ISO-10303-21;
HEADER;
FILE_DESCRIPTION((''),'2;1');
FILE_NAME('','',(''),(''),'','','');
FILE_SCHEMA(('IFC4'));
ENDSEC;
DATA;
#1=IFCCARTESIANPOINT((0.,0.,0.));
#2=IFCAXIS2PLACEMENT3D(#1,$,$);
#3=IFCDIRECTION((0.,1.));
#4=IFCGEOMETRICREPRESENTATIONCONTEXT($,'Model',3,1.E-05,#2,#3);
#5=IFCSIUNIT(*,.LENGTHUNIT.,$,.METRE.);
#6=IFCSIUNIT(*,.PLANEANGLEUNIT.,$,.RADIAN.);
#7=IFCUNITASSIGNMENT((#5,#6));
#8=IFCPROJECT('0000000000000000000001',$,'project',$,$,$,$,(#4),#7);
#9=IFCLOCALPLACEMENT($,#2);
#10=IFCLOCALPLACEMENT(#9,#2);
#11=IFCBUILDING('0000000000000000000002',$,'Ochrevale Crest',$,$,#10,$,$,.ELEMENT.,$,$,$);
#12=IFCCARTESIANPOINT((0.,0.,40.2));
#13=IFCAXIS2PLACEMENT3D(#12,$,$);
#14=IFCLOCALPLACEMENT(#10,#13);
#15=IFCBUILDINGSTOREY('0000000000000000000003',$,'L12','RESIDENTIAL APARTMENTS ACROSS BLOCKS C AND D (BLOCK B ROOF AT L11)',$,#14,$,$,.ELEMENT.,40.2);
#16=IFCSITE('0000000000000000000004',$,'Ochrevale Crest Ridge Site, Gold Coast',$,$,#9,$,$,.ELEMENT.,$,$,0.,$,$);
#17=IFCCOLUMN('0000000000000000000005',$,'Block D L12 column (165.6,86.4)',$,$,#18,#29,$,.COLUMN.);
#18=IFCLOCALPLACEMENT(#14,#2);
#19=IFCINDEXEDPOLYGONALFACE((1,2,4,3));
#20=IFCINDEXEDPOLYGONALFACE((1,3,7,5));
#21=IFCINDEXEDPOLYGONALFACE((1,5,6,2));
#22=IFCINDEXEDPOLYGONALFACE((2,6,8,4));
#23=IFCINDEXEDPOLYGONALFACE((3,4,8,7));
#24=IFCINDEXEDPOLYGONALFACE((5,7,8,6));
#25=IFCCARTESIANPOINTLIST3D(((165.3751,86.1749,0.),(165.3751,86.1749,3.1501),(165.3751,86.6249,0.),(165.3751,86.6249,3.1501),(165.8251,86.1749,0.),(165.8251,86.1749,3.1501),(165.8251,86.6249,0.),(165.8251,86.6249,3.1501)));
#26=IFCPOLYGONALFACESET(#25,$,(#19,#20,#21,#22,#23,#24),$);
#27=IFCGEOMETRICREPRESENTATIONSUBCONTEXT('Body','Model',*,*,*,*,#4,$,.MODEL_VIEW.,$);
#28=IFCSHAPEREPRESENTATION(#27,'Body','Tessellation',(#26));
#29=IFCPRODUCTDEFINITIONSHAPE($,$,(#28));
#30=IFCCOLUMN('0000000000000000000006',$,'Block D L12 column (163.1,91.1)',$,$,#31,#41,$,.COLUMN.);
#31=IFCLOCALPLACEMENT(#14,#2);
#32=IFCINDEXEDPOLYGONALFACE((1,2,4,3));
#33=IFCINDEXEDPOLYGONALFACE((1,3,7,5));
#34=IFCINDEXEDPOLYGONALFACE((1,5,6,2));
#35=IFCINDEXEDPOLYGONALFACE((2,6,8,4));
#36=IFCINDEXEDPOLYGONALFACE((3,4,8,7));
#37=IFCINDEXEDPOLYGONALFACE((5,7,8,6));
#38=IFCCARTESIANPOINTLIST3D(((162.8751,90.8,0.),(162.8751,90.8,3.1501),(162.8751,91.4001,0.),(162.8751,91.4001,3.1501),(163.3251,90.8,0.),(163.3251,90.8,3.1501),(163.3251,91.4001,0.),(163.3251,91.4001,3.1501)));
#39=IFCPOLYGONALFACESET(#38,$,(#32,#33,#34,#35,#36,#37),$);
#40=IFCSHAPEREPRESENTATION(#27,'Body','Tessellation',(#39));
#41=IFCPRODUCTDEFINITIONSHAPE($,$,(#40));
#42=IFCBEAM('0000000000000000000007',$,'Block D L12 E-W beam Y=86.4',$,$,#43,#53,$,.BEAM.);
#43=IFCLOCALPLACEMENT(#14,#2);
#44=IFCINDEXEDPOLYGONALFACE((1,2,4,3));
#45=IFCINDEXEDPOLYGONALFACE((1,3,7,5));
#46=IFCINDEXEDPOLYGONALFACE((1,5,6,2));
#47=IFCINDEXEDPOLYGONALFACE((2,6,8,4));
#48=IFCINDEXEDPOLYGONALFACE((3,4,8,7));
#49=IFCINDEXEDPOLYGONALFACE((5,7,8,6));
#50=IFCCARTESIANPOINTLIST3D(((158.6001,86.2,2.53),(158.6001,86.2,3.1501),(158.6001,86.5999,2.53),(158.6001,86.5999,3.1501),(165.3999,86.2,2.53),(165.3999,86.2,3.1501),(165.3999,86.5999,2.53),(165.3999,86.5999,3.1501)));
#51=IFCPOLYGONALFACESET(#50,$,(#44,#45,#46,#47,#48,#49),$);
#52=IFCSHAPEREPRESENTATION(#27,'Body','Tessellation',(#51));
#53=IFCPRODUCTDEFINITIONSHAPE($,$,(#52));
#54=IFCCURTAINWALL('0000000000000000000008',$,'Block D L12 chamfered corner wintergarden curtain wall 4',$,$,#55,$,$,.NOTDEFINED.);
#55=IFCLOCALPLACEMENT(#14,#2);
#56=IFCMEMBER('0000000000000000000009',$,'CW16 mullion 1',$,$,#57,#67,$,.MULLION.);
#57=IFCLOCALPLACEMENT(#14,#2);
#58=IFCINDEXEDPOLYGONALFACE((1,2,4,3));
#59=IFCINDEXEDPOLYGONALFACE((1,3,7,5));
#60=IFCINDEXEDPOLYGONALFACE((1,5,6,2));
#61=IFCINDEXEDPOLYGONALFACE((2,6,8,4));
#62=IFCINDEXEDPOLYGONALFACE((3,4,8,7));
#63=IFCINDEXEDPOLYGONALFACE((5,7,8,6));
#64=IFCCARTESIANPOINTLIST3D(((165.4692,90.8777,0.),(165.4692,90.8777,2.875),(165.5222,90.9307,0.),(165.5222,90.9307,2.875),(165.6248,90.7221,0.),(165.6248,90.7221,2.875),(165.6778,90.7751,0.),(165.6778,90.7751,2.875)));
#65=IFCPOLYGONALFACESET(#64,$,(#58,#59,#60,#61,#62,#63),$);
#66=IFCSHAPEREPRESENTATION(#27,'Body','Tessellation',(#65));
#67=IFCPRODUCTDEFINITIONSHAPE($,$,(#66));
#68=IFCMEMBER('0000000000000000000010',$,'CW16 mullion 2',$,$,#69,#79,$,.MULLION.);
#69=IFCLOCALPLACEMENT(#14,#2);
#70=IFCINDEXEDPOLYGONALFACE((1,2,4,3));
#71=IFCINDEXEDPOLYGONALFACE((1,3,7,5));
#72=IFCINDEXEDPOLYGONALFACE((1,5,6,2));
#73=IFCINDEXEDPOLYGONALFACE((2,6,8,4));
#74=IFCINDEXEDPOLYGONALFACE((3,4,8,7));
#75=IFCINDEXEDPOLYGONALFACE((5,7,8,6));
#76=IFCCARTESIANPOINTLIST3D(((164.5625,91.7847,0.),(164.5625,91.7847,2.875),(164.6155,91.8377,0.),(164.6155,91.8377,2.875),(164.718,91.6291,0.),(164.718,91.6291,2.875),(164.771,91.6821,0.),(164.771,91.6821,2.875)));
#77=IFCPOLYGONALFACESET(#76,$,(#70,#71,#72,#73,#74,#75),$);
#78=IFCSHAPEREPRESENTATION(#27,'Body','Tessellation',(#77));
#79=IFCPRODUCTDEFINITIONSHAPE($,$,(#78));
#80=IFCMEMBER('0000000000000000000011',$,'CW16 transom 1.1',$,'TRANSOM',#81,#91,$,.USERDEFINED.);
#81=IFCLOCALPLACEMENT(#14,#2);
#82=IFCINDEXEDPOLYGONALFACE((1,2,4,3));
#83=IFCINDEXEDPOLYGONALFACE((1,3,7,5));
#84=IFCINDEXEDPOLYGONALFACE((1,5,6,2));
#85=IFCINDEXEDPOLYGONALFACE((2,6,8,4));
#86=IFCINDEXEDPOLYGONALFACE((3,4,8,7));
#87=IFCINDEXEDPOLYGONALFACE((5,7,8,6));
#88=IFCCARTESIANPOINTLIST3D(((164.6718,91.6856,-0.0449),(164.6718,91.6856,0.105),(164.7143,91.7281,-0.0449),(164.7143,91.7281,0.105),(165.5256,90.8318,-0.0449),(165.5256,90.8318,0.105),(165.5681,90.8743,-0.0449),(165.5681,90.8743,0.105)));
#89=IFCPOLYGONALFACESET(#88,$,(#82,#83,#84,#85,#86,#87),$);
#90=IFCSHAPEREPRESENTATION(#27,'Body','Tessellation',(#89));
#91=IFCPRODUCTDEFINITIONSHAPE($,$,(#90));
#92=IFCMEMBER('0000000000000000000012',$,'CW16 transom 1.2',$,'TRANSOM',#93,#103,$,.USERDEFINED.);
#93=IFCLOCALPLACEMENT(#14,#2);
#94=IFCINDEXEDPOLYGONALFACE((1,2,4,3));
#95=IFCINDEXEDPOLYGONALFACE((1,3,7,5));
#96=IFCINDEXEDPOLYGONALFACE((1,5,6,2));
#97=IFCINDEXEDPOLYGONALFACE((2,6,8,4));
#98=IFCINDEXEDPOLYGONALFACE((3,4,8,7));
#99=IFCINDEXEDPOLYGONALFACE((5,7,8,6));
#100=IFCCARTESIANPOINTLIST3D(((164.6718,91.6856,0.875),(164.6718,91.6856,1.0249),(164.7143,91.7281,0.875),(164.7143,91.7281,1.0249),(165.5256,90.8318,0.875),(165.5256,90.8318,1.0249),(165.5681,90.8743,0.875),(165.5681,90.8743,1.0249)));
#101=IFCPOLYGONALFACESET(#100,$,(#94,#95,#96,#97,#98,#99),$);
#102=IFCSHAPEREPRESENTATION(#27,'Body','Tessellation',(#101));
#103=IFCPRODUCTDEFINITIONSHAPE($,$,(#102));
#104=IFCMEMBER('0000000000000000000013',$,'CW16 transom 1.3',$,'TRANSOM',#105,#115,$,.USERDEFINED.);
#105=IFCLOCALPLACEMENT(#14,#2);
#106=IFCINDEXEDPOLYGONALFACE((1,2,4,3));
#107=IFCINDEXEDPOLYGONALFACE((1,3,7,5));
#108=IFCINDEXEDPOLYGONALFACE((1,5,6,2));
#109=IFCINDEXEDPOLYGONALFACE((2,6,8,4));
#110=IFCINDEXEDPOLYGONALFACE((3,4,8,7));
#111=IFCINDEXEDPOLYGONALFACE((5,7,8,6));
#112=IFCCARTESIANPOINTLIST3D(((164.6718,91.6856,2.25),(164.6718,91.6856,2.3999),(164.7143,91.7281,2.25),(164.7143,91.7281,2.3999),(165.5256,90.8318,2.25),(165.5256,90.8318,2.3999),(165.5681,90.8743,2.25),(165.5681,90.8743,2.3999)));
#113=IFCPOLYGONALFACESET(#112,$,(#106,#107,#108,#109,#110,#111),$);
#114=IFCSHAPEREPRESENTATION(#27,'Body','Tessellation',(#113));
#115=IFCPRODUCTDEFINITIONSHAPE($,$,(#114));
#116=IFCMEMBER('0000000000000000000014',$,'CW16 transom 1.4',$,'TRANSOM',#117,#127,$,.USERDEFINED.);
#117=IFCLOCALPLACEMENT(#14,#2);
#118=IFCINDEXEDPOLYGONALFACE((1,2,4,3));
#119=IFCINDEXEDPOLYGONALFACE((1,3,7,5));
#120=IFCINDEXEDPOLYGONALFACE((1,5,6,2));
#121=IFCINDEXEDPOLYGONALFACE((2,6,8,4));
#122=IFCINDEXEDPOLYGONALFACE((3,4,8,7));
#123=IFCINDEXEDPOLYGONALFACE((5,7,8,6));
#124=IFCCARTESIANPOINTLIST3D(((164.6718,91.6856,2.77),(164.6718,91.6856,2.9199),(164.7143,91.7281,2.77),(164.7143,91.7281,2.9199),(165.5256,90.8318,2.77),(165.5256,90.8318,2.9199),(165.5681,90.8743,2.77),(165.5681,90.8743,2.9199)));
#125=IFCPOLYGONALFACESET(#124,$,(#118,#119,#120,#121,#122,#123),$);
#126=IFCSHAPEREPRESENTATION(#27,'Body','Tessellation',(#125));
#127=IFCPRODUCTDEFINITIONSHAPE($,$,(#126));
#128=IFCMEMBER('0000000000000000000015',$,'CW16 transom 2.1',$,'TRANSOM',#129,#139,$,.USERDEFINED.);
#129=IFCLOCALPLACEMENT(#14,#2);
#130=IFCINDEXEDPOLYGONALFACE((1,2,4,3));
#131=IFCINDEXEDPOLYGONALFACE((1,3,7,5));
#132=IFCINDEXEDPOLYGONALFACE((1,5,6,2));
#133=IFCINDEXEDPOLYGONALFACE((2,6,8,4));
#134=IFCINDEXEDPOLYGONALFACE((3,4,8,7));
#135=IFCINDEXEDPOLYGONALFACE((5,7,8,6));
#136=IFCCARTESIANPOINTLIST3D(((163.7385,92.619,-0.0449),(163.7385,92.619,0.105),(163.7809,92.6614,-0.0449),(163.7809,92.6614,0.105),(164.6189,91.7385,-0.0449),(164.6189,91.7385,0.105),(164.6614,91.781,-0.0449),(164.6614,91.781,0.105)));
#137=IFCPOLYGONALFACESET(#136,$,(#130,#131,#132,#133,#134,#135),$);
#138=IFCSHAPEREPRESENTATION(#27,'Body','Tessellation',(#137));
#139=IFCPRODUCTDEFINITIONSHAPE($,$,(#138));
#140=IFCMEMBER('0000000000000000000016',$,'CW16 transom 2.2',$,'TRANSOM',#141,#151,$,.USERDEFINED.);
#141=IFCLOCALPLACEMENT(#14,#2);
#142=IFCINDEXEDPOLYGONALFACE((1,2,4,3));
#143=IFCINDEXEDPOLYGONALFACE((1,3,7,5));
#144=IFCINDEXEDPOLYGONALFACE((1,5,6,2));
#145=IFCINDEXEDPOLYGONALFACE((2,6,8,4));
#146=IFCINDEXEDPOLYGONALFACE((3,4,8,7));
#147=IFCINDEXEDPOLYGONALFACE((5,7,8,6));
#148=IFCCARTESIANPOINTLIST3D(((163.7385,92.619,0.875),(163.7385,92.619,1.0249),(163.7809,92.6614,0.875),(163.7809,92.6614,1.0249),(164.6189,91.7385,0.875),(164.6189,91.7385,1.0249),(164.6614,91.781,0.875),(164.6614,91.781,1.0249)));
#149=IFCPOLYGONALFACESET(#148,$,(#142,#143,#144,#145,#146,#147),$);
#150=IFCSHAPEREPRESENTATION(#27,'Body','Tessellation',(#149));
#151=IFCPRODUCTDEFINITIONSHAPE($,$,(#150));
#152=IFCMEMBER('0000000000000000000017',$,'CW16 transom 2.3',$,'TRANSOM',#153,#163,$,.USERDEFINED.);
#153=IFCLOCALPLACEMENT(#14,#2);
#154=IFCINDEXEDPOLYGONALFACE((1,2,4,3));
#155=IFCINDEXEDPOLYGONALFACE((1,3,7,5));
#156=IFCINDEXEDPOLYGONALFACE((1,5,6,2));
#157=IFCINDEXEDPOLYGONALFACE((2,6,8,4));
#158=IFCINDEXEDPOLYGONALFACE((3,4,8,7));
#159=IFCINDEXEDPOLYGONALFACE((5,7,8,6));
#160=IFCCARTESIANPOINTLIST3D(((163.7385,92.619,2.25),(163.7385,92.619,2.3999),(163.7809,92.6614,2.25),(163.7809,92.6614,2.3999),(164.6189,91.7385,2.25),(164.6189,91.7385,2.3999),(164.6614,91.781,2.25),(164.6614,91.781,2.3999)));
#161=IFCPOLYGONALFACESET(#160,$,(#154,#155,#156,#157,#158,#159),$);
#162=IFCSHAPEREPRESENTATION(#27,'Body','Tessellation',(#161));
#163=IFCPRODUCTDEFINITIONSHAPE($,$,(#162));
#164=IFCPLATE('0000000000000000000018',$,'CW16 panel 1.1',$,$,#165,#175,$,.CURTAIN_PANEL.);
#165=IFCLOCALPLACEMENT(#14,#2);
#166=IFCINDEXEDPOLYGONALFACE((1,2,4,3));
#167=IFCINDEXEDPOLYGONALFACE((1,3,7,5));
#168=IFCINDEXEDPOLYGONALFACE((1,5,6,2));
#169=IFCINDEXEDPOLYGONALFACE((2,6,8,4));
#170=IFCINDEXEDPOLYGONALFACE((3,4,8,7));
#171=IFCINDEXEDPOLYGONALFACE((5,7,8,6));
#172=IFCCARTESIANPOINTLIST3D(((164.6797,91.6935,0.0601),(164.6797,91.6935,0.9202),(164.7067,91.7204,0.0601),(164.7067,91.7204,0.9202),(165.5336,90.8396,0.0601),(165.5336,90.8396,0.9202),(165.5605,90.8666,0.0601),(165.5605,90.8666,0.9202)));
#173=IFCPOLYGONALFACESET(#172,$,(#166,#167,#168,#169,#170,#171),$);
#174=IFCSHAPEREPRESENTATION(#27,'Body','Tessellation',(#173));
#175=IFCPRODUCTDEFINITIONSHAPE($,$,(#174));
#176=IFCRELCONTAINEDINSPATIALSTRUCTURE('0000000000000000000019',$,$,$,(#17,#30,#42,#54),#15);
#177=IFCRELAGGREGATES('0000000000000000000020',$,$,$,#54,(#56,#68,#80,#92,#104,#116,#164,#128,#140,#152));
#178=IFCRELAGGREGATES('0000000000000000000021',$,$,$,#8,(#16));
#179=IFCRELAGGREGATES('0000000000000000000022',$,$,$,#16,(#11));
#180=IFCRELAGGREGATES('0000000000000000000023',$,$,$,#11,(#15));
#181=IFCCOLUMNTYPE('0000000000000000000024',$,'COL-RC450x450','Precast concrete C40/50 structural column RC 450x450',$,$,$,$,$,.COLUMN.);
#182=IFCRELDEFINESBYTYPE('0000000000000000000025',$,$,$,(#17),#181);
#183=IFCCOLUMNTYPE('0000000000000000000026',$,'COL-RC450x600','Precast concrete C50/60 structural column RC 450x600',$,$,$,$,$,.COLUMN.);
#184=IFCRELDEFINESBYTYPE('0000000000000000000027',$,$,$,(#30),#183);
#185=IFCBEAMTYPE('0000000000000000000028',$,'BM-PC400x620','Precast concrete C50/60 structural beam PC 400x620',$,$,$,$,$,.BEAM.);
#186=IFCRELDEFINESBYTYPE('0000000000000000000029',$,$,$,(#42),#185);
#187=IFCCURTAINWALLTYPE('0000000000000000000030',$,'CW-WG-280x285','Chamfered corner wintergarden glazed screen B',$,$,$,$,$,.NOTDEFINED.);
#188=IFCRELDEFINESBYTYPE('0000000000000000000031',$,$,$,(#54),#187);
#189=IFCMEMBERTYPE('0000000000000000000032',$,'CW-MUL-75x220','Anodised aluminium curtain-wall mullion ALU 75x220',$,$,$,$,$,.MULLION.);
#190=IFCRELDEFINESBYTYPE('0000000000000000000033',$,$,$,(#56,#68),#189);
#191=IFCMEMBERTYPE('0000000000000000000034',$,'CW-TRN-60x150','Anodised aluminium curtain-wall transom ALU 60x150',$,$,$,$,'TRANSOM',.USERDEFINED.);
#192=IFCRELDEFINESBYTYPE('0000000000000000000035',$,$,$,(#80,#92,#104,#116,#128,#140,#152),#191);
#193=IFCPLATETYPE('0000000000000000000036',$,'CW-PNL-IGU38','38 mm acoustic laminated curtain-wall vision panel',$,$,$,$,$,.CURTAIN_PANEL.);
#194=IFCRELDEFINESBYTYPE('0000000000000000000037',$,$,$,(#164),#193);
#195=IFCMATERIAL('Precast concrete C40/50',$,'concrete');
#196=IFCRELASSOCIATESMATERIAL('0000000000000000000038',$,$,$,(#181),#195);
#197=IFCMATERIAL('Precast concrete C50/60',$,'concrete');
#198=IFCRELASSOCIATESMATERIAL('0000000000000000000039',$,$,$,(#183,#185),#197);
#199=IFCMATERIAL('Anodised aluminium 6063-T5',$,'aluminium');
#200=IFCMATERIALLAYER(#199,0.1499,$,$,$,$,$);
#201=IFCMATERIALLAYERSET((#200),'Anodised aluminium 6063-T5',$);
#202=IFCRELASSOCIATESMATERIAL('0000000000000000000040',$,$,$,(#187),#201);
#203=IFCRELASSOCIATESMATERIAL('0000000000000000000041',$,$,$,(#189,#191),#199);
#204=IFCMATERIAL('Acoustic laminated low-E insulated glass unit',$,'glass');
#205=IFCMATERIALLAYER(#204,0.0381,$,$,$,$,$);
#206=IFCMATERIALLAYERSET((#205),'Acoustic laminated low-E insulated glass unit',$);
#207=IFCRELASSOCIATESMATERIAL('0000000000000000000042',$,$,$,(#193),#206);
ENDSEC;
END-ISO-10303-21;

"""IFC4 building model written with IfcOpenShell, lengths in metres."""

from ifc_helpers import new_model, si_unit, direction, frame, origin, origin_2d, place, context, subcontext, project, spatial, rectangle, extrude, material, layer, layer_set, material_profile, profile_set, type_object, element, aggregate, save


model = new_model("IFC4")

# Units and contexts
model_context = context("Model", 3, precision=1e-05, world=origin(), true_north=direction((0.0, 1.0)))
body_context = subcontext(model_context, "Body", "Model", "MODEL_VIEW")
ifc_project = project(units=[si_unit("LENGTHUNIT", "METRE"), si_unit("PLANEANGLEUNIT", "RADIAN")], contexts=[model_context])

# Site, building, storey
site_placement = place(None, origin())
site = spatial("IfcSite", under=ifc_project, at=site_placement, Name="Ochrevale Crest Ridge Site, Gold Coast", CompositionType="ELEMENT", RefElevation=0.0)
building_placement = place(site_placement, origin())
building = spatial("IfcBuilding", under=site, at=building_placement, Name="Ochrevale Crest", CompositionType="ELEMENT")
storey_placement = place(building_placement, frame((0.0, 0.0, 40.2)))
storey = spatial("IfcBuildingStorey", under=building, at=storey_placement, Name="L12", Description="RESIDENTIAL APARTMENTS ACROSS BLOCKS C AND D (BLOCK B ROOF AT L11)", CompositionType="ELEMENT", Elevation=40.2)

# Columns
ifc_material_1 = material(Name="Precast concrete C40/50", Category="concrete")
ifc_material_profile_1 = material_profile(ifc_material_1, rectangle(XDim=0.45, YDim=0.45, at=origin_2d()), Name="RC 450x450")
ifc_profile_set_1 = profile_set([ifc_material_profile_1], Name="Precast concrete C40/50")
column_type_1 = type_object("IfcColumnType", Name="COL-RC450x450", Description="Precast concrete C40/50 structural column RC 450x450", PredefinedType="COLUMN", material=ifc_profile_set_1)
column_1_placement = place(storey_placement, frame((165.6001, 86.3999, 0.0), z_axis=(0.0, 0.0, 1.0), x_axis=(1.0, 0.0, 0.0)))
element("IfcColumn", 1, at=column_1_placement, inside=storey, type_object=column_type_1, Name="Block D L12 column (165.6,86.4)", PredefinedType="COLUMN", context=body_context, shape_type="SweptSolid", body=[
    extrude(rectangle(XDim=0.45, YDim=0.45, at=origin_2d()), origin(), (0.0, 0.0, 1.0), 3.1501),
])
ifc_material_2 = material(Name="Precast concrete C50/60", Category="concrete")
ifc_material_profile_2 = material_profile(ifc_material_2, rectangle(XDim=0.45, YDim=0.6001, at=origin_2d()), Name="RC 450x600")
ifc_profile_set_2 = profile_set([ifc_material_profile_2], Name="Precast concrete C50/60")
column_type_2 = type_object("IfcColumnType", Name="COL-RC450x600", Description="Precast concrete C50/60 structural column RC 450x600", PredefinedType="COLUMN", material=ifc_profile_set_2)
column_2_placement = place(storey_placement, frame((163.1001, 91.1001, 0.0), z_axis=(0.0, 0.0, 1.0), x_axis=(1.0, 0.0, 0.0)))
element("IfcColumn", 2, at=column_2_placement, inside=storey, type_object=column_type_2, Name="Block D L12 column (163.1,91.1)", PredefinedType="COLUMN", context=body_context, shape_type="SweptSolid", body=[
    extrude(rectangle(XDim=0.45, YDim=0.6001, at=origin_2d()), origin(), (0.0, 0.0, 1.0), 3.1501),
])

# Beam
ifc_material_profile_3 = material_profile(ifc_material_2, rectangle(XDim=0.3999, YDim=0.6201, at=origin_2d()), Name="PC 400x620")
ifc_profile_set_3 = profile_set([ifc_material_profile_3], Name="Precast concrete C50/60")
beam_type = type_object("IfcBeamType", Name="BM-PC400x620", Description="Precast concrete C50/60 structural beam PC 400x620", PredefinedType="BEAM", material=ifc_profile_set_3)
beam_placement = place(storey_placement, frame((158.6001, 86.3999, 2.8401), z_axis=(1.0, 0.0, 0.0), x_axis=(0.0, 1.0, 0.0)))
element("IfcBeam", 3, at=beam_placement, inside=storey, type_object=beam_type, Name="Block D L12 E-W beam Y=86.4", PredefinedType="BEAM", context=body_context, shape_type="SweptSolid", body=[
    extrude(rectangle(XDim=0.3999, YDim=0.6201, at=origin_2d()), origin(), (0.0, 0.0, 1.0), 6.7998),
])

# Curtain wall, members, plate
ifc_material_3 = material(Name="Anodised aluminium 6063-T5", Category="aluminium")
ifc_layer_1 = layer(ifc_material_3, 0.1499)
ifc_layer_set_1 = layer_set([ifc_layer_1], Name="Anodised aluminium 6063-T5")
curtain_wall_type = type_object("IfcCurtainWallType", Name="CW-WG-280x285", Description="Chamfered corner wintergarden glazed screen B", PredefinedType="NOTDEFINED", material=ifc_layer_set_1)
curtain_wall_placement = place(storey_placement, origin())
curtain_wall = element("IfcCurtainWall", 4, at=curtain_wall_placement, inside=storey, type_object=curtain_wall_type, Name="Block D L12 chamfered corner wintergarden curtain wall 4", PredefinedType="NOTDEFINED")
ifc_material_profile_4 = material_profile(ifc_material_3, rectangle(XDim=0.075, YDim=0.22, at=origin_2d()), Name="ALU 75x220")
ifc_profile_set_4 = profile_set([ifc_material_profile_4], Name="Anodised aluminium 6063-T5")
member_type_1 = type_object("IfcMemberType", Name="CW-MUL-75x220", Description="Anodised aluminium curtain-wall mullion ALU 75x220", PredefinedType="MULLION", material=ifc_profile_set_4)
member_1_placement = place(storey_placement, frame((165.5735, 90.8264, 0.0), z_axis=(0.0, 0.0, 1.0), x_axis=(-0.707107, -0.707107, 0.0)))
member_1 = element("IfcMember", 5, at=member_1_placement, type_object=member_type_1, Name="CW16 mullion 1", PredefinedType="MULLION", context=body_context, shape_type="SweptSolid", body=[
    extrude(rectangle(XDim=0.075, YDim=0.22, at=origin_2d()), origin(), (0.0, 0.0, 1.0), 2.875),
])
member_2_placement = place(storey_placement, frame((164.6667, 91.7334, 0.0), z_axis=(0.0, 0.0, 1.0), x_axis=(-0.707107, -0.707107, 0.0)))
member_2 = element("IfcMember", 6, at=member_2_placement, type_object=member_type_1, Name="CW16 mullion 2", PredefinedType="MULLION", context=body_context, shape_type="SweptSolid", body=[
    extrude(rectangle(XDim=0.075, YDim=0.22, at=origin_2d()), origin(), (0.0, 0.0, 1.0), 2.875),
])
ifc_material_profile_5 = material_profile(ifc_material_3, rectangle(XDim=0.0601, YDim=0.1499, at=origin_2d()), Name="ALU 60x150")
ifc_profile_set_5 = profile_set([ifc_material_profile_5], Name="Anodised aluminium 6063-T5")
member_type_2 = type_object("IfcMemberType", Name="CW-TRN-60x150", Description="Anodised aluminium curtain-wall transom ALU 60x150", ElementType="TRANSOM", PredefinedType="USERDEFINED", material=ifc_profile_set_5)
member_3_placement = place(storey_placement, frame((165.5469, 90.853, 0.03), z_axis=(-0.707107, 0.707107, 0.0), x_axis=(-0.707107, -0.707107, 0.0)))
member_3 = element("IfcMember", 7, at=member_3_placement, type_object=member_type_2, Name="CW16 transom 1.1", ObjectType="TRANSOM", PredefinedType="USERDEFINED", context=body_context, shape_type="SweptSolid", body=[
    extrude(rectangle(XDim=0.0601, YDim=0.1499, at=origin_2d()), origin(), (0.0, 0.0, 1.0), 1.2075),
])
member_4_placement = place(storey_placement, frame((165.5469, 90.853, 0.95), z_axis=(-0.707107, 0.707107, 0.0), x_axis=(-0.707107, -0.707107, 0.0)))
member_4 = element("IfcMember", 8, at=member_4_placement, type_object=member_type_2, Name="CW16 transom 1.2", ObjectType="TRANSOM", PredefinedType="USERDEFINED", context=body_context, shape_type="SweptSolid", body=[
    extrude(rectangle(XDim=0.0601, YDim=0.1499, at=origin_2d()), origin(), (0.0, 0.0, 1.0), 1.2075),
])
member_5_placement = place(storey_placement, frame((165.5469, 90.853, 2.325), z_axis=(-0.707107, 0.707107, 0.0), x_axis=(-0.707107, -0.707107, 0.0)))
member_5 = element("IfcMember", 9, at=member_5_placement, type_object=member_type_2, Name="CW16 transom 1.3", ObjectType="TRANSOM", PredefinedType="USERDEFINED", context=body_context, shape_type="SweptSolid", body=[
    extrude(rectangle(XDim=0.0601, YDim=0.1499, at=origin_2d()), origin(), (0.0, 0.0, 1.0), 1.2075),
])
member_6_placement = place(storey_placement, frame((165.5469, 90.853, 2.845), z_axis=(-0.707107, 0.707107, 0.0), x_axis=(-0.707107, -0.707107, 0.0)))
member_6 = element("IfcMember", 10, at=member_6_placement, type_object=member_type_2, Name="CW16 transom 1.4", ObjectType="TRANSOM", PredefinedType="USERDEFINED", context=body_context, shape_type="SweptSolid", body=[
    extrude(rectangle(XDim=0.0601, YDim=0.1499, at=origin_2d()), origin(), (0.0, 0.0, 1.0), 1.2075),
])
member_7_placement = place(storey_placement, frame((164.6401, 91.7598, 0.03), z_axis=(-0.707107, 0.707107, 0.0), x_axis=(-0.707107, -0.707107, 0.0)))
member_7 = element("IfcMember", 11, at=member_7_placement, type_object=member_type_2, Name="CW16 transom 2.1", ObjectType="TRANSOM", PredefinedType="USERDEFINED", context=body_context, shape_type="SweptSolid", body=[
    extrude(rectangle(XDim=0.0601, YDim=0.1499, at=origin_2d()), origin(), (0.0, 0.0, 1.0), 1.2451),
])
member_8_placement = place(storey_placement, frame((164.6401, 91.7598, 0.95), z_axis=(-0.707107, 0.707107, 0.0), x_axis=(-0.707107, -0.707107, 0.0)))
member_8 = element("IfcMember", 12, at=member_8_placement, type_object=member_type_2, Name="CW16 transom 2.2", ObjectType="TRANSOM", PredefinedType="USERDEFINED", context=body_context, shape_type="SweptSolid", body=[
    extrude(rectangle(XDim=0.0601, YDim=0.1499, at=origin_2d()), origin(), (0.0, 0.0, 1.0), 1.2451),
])
member_9_placement = place(storey_placement, frame((164.6401, 91.7598, 2.325), z_axis=(-0.707107, 0.707107, 0.0), x_axis=(-0.707107, -0.707107, 0.0)))
member_9 = element("IfcMember", 13, at=member_9_placement, type_object=member_type_2, Name="CW16 transom 2.3", ObjectType="TRANSOM", PredefinedType="USERDEFINED", context=body_context, shape_type="SweptSolid", body=[
    extrude(rectangle(XDim=0.0601, YDim=0.1499, at=origin_2d()), origin(), (0.0, 0.0, 1.0), 1.2451),
])
ifc_material_4 = material(Name="Acoustic laminated low-E insulated glass unit", Category="glass")
ifc_layer_2 = layer(ifc_material_4, 0.0381)
ifc_layer_set_2 = layer_set([ifc_layer_2], Name="Acoustic laminated low-E insulated glass unit")
plate_type = type_object("IfcPlateType", Name="CW-PNL-IGU38", Description="38 mm acoustic laminated curtain-wall vision panel", PredefinedType="CURTAIN_PANEL", material=ifc_layer_set_2)
plate_1_placement = place(storey_placement, frame((165.1201, 91.28, 0.0601), z_axis=(0.0, 0.0, 1.0), x_axis=(-0.707107, 0.707107, 0.0)))
plate_1 = element("IfcPlate", 14, at=plate_1_placement, type_object=plate_type, Name="CW16 panel 1.1", PredefinedType="CURTAIN_PANEL", context=body_context, shape_type="SweptSolid", body=[
    extrude(rectangle(XDim=1.2075, YDim=0.0381, at=origin_2d()), origin(), (0.0, 0.0, 1.0), 0.8601),
])
aggregate(curtain_wall, [member_1, member_2, member_3, member_4, member_5, member_6, plate_1, member_7, member_8, member_9])

save(model, "model.ifc")
